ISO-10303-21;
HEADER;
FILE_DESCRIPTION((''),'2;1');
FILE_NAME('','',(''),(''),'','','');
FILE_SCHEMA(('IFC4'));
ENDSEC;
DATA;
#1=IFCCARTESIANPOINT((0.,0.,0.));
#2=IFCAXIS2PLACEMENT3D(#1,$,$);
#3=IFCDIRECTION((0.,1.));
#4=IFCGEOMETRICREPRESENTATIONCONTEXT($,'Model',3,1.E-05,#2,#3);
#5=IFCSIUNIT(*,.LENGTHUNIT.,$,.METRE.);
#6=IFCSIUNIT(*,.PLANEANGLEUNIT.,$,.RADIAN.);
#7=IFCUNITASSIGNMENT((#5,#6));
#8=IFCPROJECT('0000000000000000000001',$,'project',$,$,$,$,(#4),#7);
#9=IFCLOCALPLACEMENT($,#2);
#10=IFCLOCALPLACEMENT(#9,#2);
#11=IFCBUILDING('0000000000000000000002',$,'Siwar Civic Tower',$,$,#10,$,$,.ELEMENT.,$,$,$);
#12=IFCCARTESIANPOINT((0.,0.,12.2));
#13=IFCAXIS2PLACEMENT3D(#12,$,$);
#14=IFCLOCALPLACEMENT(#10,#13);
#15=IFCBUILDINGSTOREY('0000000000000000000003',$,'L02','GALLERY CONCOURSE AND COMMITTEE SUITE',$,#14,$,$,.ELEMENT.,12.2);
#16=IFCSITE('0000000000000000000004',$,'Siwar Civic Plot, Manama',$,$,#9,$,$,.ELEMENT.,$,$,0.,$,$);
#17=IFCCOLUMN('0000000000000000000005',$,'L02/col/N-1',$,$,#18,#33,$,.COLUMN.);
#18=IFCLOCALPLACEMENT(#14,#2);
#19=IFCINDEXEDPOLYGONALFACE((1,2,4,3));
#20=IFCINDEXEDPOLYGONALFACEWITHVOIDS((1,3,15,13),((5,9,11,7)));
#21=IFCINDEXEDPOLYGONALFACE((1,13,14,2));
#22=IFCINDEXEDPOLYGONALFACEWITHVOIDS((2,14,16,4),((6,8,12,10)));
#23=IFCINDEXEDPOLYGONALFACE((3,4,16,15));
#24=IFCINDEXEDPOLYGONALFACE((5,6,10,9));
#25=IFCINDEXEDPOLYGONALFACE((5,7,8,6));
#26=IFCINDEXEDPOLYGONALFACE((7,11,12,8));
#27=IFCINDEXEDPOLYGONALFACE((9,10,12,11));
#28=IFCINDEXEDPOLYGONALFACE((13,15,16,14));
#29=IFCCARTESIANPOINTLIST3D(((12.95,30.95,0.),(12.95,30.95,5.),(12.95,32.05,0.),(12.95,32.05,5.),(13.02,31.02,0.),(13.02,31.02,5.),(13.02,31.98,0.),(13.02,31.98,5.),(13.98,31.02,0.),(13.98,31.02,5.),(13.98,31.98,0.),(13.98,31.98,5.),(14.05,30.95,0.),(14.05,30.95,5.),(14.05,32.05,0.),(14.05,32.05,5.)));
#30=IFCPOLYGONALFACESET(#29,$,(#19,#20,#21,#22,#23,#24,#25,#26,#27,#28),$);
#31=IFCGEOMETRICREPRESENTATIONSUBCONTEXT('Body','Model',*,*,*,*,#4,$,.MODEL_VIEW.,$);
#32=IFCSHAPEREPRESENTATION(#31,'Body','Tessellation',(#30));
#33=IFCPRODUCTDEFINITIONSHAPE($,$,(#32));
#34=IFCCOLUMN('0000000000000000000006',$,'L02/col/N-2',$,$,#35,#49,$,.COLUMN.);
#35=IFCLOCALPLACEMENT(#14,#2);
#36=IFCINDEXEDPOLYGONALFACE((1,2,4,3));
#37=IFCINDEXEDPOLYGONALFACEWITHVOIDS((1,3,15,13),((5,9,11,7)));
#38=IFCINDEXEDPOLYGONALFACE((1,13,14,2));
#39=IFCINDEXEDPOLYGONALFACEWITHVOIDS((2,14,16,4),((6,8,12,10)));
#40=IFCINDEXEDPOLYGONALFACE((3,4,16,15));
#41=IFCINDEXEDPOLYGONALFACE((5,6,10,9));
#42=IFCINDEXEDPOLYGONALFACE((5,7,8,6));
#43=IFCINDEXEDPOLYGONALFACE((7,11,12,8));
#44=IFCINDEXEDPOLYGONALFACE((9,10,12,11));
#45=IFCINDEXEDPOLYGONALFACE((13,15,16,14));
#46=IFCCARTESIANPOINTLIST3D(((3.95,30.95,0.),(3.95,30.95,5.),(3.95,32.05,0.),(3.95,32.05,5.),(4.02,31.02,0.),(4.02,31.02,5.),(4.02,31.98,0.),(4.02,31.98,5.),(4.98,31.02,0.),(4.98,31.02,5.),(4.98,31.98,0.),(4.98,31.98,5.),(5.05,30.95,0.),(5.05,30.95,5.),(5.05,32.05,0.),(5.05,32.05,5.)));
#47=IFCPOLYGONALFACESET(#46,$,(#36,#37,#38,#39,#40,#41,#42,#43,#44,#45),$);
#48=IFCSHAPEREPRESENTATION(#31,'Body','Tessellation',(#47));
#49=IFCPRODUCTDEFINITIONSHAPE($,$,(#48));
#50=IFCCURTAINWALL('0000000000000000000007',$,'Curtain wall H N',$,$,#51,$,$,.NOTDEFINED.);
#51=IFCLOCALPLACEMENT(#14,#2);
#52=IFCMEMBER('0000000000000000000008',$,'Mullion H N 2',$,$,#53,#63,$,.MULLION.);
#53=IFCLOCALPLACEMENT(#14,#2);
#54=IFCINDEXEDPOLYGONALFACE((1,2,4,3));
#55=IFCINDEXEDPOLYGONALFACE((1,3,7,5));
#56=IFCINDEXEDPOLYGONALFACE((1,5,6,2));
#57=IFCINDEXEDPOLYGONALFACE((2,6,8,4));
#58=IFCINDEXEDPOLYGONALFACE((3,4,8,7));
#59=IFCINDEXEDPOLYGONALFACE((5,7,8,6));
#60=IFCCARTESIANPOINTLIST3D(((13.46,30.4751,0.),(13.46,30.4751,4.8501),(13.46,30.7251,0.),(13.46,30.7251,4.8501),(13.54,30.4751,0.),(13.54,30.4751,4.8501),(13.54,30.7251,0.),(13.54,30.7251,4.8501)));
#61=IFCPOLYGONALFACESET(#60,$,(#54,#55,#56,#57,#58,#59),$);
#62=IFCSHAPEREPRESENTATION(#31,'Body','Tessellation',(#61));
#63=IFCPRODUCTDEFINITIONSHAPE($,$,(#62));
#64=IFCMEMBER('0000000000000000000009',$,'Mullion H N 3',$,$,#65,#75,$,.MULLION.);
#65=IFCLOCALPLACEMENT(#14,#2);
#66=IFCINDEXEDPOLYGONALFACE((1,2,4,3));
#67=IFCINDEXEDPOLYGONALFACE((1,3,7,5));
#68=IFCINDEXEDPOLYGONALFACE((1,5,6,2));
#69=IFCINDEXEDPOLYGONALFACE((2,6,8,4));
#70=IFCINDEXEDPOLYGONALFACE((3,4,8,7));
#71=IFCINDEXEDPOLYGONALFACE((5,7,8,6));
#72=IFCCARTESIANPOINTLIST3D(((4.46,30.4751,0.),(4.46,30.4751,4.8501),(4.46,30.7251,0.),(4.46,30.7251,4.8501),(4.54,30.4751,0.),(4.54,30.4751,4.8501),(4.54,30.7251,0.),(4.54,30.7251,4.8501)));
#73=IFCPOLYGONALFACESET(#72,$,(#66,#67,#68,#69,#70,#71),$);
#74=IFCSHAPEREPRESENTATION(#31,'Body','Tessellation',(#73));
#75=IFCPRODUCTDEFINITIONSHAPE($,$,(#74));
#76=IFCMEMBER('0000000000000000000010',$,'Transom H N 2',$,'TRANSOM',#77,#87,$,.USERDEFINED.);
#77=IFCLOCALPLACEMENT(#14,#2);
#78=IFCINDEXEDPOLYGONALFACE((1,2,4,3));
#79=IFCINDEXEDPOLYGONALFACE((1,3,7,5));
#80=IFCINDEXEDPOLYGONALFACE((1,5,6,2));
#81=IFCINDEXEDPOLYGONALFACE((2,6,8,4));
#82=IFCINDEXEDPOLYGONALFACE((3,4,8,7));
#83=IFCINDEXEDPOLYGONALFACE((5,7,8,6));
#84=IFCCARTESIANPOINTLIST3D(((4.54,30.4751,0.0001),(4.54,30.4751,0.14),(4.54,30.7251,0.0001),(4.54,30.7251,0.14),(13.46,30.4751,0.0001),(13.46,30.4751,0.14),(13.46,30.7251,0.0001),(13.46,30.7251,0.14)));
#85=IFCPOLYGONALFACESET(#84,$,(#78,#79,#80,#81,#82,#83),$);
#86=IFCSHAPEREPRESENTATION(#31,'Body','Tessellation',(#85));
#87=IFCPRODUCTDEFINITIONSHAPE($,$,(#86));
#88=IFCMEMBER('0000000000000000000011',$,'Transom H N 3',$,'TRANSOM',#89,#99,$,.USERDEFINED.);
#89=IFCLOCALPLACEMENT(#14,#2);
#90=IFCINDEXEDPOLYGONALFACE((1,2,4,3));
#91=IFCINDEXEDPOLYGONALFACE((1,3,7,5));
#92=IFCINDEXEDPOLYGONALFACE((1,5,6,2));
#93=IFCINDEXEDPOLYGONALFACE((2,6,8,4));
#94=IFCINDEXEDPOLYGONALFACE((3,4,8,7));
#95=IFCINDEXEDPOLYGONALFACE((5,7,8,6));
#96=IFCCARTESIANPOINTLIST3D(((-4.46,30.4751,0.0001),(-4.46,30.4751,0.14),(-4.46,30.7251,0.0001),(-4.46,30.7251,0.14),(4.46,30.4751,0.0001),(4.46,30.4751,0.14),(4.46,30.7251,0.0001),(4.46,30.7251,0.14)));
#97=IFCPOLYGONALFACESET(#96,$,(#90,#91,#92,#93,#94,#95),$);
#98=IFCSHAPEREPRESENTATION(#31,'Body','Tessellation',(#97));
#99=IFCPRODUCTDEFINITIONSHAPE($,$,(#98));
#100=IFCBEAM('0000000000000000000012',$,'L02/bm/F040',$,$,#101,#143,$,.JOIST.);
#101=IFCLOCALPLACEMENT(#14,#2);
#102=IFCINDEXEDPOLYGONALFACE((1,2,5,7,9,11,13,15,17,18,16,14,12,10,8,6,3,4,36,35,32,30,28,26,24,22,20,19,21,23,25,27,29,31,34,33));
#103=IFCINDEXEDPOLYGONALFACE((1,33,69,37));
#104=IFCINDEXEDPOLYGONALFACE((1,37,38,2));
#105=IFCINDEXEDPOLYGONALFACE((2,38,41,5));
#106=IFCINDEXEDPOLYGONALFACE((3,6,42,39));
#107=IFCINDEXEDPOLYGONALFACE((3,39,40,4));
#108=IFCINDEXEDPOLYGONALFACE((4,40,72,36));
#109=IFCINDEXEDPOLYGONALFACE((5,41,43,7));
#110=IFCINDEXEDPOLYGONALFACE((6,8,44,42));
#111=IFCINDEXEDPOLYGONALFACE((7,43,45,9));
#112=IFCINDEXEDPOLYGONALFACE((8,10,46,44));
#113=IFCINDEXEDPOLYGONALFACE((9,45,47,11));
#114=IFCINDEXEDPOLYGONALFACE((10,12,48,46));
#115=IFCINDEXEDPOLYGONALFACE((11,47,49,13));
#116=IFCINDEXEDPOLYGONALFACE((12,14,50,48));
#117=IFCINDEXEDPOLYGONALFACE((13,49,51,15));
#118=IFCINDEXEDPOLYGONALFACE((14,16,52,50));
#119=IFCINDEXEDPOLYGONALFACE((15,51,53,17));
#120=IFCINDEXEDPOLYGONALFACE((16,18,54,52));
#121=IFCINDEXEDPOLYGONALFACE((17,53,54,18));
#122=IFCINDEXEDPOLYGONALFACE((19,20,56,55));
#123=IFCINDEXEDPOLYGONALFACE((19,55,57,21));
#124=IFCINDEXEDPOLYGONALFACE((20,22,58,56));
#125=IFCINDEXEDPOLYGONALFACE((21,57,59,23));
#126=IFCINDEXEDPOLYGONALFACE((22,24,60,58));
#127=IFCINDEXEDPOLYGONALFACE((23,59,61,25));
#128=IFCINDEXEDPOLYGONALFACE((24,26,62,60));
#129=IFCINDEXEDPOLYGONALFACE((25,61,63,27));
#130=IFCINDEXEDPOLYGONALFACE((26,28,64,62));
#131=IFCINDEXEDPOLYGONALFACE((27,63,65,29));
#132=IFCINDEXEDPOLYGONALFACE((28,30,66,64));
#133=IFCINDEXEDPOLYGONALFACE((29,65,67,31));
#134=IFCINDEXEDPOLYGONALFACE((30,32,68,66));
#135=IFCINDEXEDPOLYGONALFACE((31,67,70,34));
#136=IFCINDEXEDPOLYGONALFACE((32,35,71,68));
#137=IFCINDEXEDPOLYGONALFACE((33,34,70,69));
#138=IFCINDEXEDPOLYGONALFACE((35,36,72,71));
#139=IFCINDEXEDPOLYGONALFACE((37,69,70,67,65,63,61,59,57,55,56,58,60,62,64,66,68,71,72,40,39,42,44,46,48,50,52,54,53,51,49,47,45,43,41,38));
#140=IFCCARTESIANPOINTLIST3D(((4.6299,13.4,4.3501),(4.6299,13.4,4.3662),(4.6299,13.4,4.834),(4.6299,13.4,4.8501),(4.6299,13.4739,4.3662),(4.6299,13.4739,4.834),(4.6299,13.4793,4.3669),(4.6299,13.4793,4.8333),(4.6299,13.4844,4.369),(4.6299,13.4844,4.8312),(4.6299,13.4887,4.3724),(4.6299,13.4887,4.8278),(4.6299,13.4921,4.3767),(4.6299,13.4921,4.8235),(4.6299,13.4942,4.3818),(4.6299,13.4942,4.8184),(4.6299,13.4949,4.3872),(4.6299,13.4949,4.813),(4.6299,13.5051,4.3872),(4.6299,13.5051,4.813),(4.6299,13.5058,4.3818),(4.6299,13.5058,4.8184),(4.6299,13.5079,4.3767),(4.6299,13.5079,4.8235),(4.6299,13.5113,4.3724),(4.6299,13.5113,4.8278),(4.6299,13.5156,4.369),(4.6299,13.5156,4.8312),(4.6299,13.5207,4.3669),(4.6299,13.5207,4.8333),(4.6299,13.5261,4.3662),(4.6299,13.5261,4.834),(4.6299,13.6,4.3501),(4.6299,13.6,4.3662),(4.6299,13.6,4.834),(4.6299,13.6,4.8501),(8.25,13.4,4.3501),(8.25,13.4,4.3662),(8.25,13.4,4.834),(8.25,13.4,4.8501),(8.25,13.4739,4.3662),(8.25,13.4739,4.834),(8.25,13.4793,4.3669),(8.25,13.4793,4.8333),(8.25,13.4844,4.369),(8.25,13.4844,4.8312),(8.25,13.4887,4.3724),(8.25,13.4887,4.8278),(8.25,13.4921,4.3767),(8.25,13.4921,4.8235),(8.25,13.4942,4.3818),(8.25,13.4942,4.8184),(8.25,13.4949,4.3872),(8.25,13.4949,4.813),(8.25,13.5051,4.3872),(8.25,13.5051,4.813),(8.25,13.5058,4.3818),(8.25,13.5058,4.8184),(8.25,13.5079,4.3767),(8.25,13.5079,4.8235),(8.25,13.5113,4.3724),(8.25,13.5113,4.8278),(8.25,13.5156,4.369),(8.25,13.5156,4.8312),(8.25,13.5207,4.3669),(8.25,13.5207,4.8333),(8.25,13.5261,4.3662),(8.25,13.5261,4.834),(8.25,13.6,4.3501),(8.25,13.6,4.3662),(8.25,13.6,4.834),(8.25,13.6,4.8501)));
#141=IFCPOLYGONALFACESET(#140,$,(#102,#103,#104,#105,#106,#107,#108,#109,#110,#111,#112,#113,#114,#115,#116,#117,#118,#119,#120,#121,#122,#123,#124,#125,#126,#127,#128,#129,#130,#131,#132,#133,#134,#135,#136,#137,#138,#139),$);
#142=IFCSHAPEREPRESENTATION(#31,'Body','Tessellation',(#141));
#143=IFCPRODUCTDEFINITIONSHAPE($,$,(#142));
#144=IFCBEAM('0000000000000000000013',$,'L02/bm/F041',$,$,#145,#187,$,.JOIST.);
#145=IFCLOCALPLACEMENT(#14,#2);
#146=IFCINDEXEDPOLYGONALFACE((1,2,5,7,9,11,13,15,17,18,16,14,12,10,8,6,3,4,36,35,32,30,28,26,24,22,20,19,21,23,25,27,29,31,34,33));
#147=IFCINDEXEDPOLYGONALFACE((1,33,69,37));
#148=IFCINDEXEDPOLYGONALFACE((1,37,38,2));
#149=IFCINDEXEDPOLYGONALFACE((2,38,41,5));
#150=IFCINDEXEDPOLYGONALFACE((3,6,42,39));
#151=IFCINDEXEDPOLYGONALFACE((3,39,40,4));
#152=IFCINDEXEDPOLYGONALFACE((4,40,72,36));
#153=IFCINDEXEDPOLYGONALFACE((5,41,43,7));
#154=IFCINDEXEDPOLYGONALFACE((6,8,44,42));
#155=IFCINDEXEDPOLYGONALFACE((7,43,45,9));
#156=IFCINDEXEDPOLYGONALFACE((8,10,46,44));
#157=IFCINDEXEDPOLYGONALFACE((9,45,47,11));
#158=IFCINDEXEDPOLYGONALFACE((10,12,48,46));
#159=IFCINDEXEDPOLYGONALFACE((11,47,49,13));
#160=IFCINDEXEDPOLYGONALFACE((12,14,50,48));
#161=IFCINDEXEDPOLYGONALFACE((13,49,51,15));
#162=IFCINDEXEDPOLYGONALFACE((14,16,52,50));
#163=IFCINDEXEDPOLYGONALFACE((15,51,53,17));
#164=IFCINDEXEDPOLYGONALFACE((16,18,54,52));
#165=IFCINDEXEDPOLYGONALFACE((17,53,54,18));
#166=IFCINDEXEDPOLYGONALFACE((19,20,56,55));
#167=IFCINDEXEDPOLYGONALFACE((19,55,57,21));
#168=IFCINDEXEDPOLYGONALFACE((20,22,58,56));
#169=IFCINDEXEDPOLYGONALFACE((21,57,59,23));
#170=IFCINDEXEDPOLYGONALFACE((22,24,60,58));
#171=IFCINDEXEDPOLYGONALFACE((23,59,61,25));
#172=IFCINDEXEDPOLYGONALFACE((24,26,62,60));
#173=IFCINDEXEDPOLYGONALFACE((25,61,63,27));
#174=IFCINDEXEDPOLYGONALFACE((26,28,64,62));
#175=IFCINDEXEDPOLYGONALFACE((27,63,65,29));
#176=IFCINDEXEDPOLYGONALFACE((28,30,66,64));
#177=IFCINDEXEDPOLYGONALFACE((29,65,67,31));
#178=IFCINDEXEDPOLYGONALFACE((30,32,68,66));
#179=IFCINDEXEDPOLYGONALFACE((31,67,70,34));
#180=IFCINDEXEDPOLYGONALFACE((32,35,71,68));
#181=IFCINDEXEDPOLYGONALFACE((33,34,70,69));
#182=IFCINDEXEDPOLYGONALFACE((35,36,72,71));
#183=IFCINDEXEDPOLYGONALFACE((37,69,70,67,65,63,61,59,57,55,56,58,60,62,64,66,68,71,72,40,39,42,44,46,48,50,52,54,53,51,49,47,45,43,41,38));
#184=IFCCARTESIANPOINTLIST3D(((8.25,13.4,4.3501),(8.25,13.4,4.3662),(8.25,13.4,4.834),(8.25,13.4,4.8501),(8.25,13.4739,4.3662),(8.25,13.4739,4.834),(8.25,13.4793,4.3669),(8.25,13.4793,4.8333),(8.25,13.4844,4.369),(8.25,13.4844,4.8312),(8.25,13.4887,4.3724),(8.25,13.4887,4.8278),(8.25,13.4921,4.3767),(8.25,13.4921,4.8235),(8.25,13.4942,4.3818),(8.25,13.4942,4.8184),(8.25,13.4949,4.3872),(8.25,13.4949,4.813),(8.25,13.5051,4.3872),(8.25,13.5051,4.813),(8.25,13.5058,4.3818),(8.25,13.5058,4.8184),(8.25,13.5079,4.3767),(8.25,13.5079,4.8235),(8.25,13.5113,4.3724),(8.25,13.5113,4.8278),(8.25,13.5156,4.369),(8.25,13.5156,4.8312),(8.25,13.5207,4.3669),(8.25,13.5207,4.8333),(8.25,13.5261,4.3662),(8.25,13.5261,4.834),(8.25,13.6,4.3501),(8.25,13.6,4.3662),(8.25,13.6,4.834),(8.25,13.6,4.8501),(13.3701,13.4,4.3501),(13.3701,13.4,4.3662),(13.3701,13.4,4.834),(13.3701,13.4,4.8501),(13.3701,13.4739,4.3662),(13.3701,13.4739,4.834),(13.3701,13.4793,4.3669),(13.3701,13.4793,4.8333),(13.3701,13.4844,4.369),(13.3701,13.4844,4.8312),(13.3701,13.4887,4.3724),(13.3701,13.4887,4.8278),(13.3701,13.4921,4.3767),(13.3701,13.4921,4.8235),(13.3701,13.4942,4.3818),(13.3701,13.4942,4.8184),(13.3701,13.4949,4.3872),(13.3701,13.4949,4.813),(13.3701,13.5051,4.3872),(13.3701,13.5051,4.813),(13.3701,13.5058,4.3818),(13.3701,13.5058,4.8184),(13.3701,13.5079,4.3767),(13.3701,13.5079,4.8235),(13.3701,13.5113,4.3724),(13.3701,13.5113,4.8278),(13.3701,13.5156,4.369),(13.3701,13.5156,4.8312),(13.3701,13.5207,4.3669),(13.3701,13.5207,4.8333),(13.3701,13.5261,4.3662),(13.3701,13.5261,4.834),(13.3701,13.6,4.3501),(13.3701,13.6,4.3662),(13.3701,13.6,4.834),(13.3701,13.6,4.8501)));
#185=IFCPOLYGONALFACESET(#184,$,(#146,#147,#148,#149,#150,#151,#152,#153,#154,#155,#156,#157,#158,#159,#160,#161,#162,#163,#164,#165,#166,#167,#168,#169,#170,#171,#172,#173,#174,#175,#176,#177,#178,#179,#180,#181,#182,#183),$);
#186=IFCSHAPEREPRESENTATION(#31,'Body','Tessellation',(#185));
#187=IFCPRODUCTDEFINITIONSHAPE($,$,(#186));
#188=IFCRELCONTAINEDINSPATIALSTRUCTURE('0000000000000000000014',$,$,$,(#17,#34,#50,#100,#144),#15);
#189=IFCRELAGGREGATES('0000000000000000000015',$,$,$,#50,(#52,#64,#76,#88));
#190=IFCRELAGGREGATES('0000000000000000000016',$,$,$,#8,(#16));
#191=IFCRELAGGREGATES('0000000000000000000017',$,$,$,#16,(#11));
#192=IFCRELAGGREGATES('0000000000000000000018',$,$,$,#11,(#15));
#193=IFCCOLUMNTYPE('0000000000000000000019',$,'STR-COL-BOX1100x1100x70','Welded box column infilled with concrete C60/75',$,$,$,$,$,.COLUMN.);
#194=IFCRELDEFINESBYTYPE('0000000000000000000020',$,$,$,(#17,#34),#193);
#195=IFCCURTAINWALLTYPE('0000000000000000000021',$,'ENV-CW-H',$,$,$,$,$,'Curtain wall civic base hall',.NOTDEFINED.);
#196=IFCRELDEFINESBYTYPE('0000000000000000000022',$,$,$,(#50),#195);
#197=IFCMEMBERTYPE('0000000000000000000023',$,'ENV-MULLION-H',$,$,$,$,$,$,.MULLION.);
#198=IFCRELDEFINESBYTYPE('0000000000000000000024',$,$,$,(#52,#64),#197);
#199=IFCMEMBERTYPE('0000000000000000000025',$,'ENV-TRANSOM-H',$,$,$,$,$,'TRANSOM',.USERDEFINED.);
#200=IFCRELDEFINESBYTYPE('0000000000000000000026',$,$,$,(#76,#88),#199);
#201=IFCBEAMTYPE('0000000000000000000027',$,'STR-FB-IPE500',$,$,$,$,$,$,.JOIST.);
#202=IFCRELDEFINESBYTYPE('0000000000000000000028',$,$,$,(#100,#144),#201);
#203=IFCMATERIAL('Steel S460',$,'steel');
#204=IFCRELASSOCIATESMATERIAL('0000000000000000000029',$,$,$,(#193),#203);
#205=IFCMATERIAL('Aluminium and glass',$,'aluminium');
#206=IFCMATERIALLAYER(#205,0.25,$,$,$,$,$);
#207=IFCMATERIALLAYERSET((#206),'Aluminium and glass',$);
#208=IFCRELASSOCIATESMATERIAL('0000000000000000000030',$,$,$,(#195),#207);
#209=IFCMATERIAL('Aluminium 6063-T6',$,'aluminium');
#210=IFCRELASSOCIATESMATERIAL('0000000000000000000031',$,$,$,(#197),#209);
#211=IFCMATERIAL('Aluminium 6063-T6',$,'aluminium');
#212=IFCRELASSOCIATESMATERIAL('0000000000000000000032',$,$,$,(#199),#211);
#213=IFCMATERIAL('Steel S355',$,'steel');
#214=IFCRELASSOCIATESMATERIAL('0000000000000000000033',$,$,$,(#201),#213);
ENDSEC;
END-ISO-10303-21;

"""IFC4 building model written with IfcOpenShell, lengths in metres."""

from ifc_helpers import new_model, si_unit, direction, frame, origin, origin_2d, place, context, subcontext, project, spatial, rectangle, hollow_rectangle, i_section, extrude, material, layer, layer_set, material_profile, profile_set, type_object, element, aggregate, save


model = new_model("IFC4")

# Units and contexts
model_context = context("Model", 3, precision=1e-05, world=origin(), true_north=direction((0.0, 1.0)))
body_context = subcontext(model_context, "Body", "Model", "MODEL_VIEW")
ifc_project = project(units=[si_unit("LENGTHUNIT", "METRE"), si_unit("PLANEANGLEUNIT", "RADIAN")], contexts=[model_context])

# Site, building, storey
site_placement = place(None, origin())
site = spatial("IfcSite", under=ifc_project, at=site_placement, Name="Siwar Civic Plot, Manama", CompositionType="ELEMENT", RefElevation=0.0)
building_placement = place(site_placement, origin())
building = spatial("IfcBuilding", under=site, at=building_placement, Name="Siwar Civic Tower", CompositionType="ELEMENT")
storey_placement = place(building_placement, frame((0.0, 0.0, 12.2)))
storey = spatial("IfcBuildingStorey", under=building, at=storey_placement, Name="L02", Description="GALLERY CONCOURSE AND COMMITTEE SUITE", CompositionType="ELEMENT", Elevation=12.2)

# Columns
ifc_material_1 = material(Name="Steel S460", Category="steel")
ifc_material_profile_1 = material_profile(ifc_material_1, hollow_rectangle(XDim=1.1001, YDim=1.1001, WallThickness=0.0701, at=origin_2d()), Name="BOX1100x1100x70")
ifc_profile_set_1 = profile_set([ifc_material_profile_1], Name="Steel S460")
column_type = type_object("IfcColumnType", Name="STR-COL-BOX1100x1100x70", Description="Welded box column infilled with concrete C60/75", PredefinedType="COLUMN", material=ifc_profile_set_1)
for number, where, z_axis, x_axis, name in (
    (1, (13.5, 31.5, 0.0), (0.0, 0.0, 1.0), (1.0, 0.0, 0.0), "L02/col/N-1"),
    (2, (4.5, 31.5, 0.0), (0.0, 0.0, 1.0), (1.0, 0.0, 0.0), "L02/col/N-2"),
):
    element("IfcColumn", number, at=place(storey_placement, frame(where, z_axis=z_axis, x_axis=x_axis)), inside=storey, type_object=column_type, Name=name, PredefinedType="COLUMN", context=body_context, shape_type="SweptSolid", body=[
        extrude(hollow_rectangle(XDim=1.1001, YDim=1.1001, WallThickness=0.0701, at=origin_2d()), origin(), (0.0, 0.0, 1.0), 5.0),
    ])

# Curtain wall, members
ifc_material_2 = material(Name="Aluminium and glass", Category="aluminium")
ifc_layer_1 = layer(ifc_material_2, 0.25)
ifc_layer_set_1 = layer_set([ifc_layer_1], Name="Aluminium and glass")
curtain_wall_type = type_object("IfcCurtainWallType", Name="ENV-CW-H", ElementType="Curtain wall civic base hall", PredefinedType="NOTDEFINED", material=ifc_layer_set_1)
curtain_wall_placement = place(storey_placement, origin())
curtain_wall = element("IfcCurtainWall", 3, at=curtain_wall_placement, inside=storey, type_object=curtain_wall_type, Name="Curtain wall H N", PredefinedType="NOTDEFINED")
ifc_material_3 = material(Name="Aluminium 6063-T6", Category="aluminium")
ifc_material_profile_2 = material_profile(ifc_material_3, rectangle(XDim=0.25, YDim=0.0801, at=origin_2d()), Name="AL 250x80")
ifc_profile_set_2 = profile_set([ifc_material_profile_2], Name="Aluminium 6063-T6")
member_type_1 = type_object("IfcMemberType", Name="ENV-MULLION-H", PredefinedType="MULLION", material=ifc_profile_set_2)
member_1_placement = place(storey_placement, frame((13.5, 30.6001, 0.0), z_axis=(0.0, 0.0, 1.0), x_axis=(0.0, -1.0, 0.0)))
member_1 = element("IfcMember", 4, at=member_1_placement, type_object=member_type_1, Name="Mullion H N 2", PredefinedType="MULLION", context=body_context, shape_type="SweptSolid", body=[
    extrude(rectangle(XDim=0.25, YDim=0.0801, at=origin_2d()), origin(), (0.0, 0.0, 1.0), 4.8501),
])
member_2_placement = place(storey_placement, frame((4.5, 30.6001, 0.0), z_axis=(0.0, 0.0, 1.0), x_axis=(0.0, -1.0, 0.0)))
member_2 = element("IfcMember", 5, at=member_2_placement, type_object=member_type_1, Name="Mullion H N 3", PredefinedType="MULLION", context=body_context, shape_type="SweptSolid", body=[
    extrude(rectangle(XDim=0.25, YDim=0.0801, at=origin_2d()), origin(), (0.0, 0.0, 1.0), 4.8501),
])
ifc_material_4 = material(Name="Aluminium 6063-T6", Category="aluminium")
ifc_material_profile_3 = material_profile(ifc_material_4, rectangle(XDim=0.25, YDim=0.1399, at=origin_2d()), Name="AL 250x140")
ifc_profile_set_3 = profile_set([ifc_material_profile_3], Name="Aluminium 6063-T6")
member_type_2 = type_object("IfcMemberType", Name="ENV-TRANSOM-H", ElementType="TRANSOM", PredefinedType="USERDEFINED", material=ifc_profile_set_3)
member_3_placement = place(storey_placement, frame((13.46, 30.6001, 0.0701), z_axis=(-1.0, 0.0, 0.0), x_axis=(0.0, -1.0, 0.0)))
member_3 = element("IfcMember", 6, at=member_3_placement, type_object=member_type_2, Name="Transom H N 2", ObjectType="TRANSOM", PredefinedType="USERDEFINED", context=body_context, shape_type="SweptSolid", body=[
    extrude(rectangle(XDim=0.25, YDim=0.1399, at=origin_2d()), origin(), (0.0, 0.0, 1.0), 8.9199),
])
member_4_placement = place(storey_placement, frame((4.46, 30.6001, 0.0701), z_axis=(-1.0, 0.0, 0.0), x_axis=(0.0, -1.0, 0.0)))
member_4 = element("IfcMember", 7, at=member_4_placement, type_object=member_type_2, Name="Transom H N 3", ObjectType="TRANSOM", PredefinedType="USERDEFINED", context=body_context, shape_type="SweptSolid", body=[
    extrude(rectangle(XDim=0.25, YDim=0.1399, at=origin_2d()), origin(), (0.0, 0.0, 1.0), 8.9199),
])

# Beams
ifc_material_5 = material(Name="Steel S355", Category="steel")
ifc_material_profile_4 = material_profile(ifc_material_5, i_section(OverallWidth=0.2, OverallDepth=0.5, WebThickness=0.0103, FlangeThickness=0.0161, FilletRadius=0.021, at=origin_2d()), Name="IPE500")
ifc_profile_set_4 = profile_set([ifc_material_profile_4], Name="Steel S355")
beam_type_1 = type_object("IfcBeamType", Name="STR-FB-IPE500", PredefinedType="JOIST", material=ifc_profile_set_4)
beam_1_placement = place(storey_placement, frame((4.6299, 13.5, 4.6001), z_axis=(1.0, 0.0, 0.0), x_axis=(0.0, 1.0, 0.0)))
element("IfcBeam", 8, at=beam_1_placement, inside=storey, type_object=beam_type_1, Name="L02/bm/F040", PredefinedType="JOIST", context=body_context, shape_type="SweptSolid", body=[
    extrude(i_section(OverallWidth=0.2, OverallDepth=0.5, WebThickness=0.0103, FlangeThickness=0.0161, FilletRadius=0.021, at=origin_2d()), origin(), (0.0, 0.0, 1.0), 3.6201),
])
beam_2_placement = place(storey_placement, frame((8.25, 13.5, 4.6001), z_axis=(1.0, 0.0, 0.0), x_axis=(0.0, 1.0, 0.0)))
element("IfcBeam", 9, at=beam_2_placement, inside=storey, type_object=beam_type_1, Name="L02/bm/F041", PredefinedType="JOIST", context=body_context, shape_type="SweptSolid", body=[
    extrude(i_section(OverallWidth=0.2, OverallDepth=0.5, WebThickness=0.0103, FlangeThickness=0.0161, FilletRadius=0.021, at=origin_2d()), origin(), (0.0, 0.0, 1.0), 5.1201),
])

aggregate(curtain_wall, [member_1, member_2, member_3, member_4])

save(model, "model.ifc")
